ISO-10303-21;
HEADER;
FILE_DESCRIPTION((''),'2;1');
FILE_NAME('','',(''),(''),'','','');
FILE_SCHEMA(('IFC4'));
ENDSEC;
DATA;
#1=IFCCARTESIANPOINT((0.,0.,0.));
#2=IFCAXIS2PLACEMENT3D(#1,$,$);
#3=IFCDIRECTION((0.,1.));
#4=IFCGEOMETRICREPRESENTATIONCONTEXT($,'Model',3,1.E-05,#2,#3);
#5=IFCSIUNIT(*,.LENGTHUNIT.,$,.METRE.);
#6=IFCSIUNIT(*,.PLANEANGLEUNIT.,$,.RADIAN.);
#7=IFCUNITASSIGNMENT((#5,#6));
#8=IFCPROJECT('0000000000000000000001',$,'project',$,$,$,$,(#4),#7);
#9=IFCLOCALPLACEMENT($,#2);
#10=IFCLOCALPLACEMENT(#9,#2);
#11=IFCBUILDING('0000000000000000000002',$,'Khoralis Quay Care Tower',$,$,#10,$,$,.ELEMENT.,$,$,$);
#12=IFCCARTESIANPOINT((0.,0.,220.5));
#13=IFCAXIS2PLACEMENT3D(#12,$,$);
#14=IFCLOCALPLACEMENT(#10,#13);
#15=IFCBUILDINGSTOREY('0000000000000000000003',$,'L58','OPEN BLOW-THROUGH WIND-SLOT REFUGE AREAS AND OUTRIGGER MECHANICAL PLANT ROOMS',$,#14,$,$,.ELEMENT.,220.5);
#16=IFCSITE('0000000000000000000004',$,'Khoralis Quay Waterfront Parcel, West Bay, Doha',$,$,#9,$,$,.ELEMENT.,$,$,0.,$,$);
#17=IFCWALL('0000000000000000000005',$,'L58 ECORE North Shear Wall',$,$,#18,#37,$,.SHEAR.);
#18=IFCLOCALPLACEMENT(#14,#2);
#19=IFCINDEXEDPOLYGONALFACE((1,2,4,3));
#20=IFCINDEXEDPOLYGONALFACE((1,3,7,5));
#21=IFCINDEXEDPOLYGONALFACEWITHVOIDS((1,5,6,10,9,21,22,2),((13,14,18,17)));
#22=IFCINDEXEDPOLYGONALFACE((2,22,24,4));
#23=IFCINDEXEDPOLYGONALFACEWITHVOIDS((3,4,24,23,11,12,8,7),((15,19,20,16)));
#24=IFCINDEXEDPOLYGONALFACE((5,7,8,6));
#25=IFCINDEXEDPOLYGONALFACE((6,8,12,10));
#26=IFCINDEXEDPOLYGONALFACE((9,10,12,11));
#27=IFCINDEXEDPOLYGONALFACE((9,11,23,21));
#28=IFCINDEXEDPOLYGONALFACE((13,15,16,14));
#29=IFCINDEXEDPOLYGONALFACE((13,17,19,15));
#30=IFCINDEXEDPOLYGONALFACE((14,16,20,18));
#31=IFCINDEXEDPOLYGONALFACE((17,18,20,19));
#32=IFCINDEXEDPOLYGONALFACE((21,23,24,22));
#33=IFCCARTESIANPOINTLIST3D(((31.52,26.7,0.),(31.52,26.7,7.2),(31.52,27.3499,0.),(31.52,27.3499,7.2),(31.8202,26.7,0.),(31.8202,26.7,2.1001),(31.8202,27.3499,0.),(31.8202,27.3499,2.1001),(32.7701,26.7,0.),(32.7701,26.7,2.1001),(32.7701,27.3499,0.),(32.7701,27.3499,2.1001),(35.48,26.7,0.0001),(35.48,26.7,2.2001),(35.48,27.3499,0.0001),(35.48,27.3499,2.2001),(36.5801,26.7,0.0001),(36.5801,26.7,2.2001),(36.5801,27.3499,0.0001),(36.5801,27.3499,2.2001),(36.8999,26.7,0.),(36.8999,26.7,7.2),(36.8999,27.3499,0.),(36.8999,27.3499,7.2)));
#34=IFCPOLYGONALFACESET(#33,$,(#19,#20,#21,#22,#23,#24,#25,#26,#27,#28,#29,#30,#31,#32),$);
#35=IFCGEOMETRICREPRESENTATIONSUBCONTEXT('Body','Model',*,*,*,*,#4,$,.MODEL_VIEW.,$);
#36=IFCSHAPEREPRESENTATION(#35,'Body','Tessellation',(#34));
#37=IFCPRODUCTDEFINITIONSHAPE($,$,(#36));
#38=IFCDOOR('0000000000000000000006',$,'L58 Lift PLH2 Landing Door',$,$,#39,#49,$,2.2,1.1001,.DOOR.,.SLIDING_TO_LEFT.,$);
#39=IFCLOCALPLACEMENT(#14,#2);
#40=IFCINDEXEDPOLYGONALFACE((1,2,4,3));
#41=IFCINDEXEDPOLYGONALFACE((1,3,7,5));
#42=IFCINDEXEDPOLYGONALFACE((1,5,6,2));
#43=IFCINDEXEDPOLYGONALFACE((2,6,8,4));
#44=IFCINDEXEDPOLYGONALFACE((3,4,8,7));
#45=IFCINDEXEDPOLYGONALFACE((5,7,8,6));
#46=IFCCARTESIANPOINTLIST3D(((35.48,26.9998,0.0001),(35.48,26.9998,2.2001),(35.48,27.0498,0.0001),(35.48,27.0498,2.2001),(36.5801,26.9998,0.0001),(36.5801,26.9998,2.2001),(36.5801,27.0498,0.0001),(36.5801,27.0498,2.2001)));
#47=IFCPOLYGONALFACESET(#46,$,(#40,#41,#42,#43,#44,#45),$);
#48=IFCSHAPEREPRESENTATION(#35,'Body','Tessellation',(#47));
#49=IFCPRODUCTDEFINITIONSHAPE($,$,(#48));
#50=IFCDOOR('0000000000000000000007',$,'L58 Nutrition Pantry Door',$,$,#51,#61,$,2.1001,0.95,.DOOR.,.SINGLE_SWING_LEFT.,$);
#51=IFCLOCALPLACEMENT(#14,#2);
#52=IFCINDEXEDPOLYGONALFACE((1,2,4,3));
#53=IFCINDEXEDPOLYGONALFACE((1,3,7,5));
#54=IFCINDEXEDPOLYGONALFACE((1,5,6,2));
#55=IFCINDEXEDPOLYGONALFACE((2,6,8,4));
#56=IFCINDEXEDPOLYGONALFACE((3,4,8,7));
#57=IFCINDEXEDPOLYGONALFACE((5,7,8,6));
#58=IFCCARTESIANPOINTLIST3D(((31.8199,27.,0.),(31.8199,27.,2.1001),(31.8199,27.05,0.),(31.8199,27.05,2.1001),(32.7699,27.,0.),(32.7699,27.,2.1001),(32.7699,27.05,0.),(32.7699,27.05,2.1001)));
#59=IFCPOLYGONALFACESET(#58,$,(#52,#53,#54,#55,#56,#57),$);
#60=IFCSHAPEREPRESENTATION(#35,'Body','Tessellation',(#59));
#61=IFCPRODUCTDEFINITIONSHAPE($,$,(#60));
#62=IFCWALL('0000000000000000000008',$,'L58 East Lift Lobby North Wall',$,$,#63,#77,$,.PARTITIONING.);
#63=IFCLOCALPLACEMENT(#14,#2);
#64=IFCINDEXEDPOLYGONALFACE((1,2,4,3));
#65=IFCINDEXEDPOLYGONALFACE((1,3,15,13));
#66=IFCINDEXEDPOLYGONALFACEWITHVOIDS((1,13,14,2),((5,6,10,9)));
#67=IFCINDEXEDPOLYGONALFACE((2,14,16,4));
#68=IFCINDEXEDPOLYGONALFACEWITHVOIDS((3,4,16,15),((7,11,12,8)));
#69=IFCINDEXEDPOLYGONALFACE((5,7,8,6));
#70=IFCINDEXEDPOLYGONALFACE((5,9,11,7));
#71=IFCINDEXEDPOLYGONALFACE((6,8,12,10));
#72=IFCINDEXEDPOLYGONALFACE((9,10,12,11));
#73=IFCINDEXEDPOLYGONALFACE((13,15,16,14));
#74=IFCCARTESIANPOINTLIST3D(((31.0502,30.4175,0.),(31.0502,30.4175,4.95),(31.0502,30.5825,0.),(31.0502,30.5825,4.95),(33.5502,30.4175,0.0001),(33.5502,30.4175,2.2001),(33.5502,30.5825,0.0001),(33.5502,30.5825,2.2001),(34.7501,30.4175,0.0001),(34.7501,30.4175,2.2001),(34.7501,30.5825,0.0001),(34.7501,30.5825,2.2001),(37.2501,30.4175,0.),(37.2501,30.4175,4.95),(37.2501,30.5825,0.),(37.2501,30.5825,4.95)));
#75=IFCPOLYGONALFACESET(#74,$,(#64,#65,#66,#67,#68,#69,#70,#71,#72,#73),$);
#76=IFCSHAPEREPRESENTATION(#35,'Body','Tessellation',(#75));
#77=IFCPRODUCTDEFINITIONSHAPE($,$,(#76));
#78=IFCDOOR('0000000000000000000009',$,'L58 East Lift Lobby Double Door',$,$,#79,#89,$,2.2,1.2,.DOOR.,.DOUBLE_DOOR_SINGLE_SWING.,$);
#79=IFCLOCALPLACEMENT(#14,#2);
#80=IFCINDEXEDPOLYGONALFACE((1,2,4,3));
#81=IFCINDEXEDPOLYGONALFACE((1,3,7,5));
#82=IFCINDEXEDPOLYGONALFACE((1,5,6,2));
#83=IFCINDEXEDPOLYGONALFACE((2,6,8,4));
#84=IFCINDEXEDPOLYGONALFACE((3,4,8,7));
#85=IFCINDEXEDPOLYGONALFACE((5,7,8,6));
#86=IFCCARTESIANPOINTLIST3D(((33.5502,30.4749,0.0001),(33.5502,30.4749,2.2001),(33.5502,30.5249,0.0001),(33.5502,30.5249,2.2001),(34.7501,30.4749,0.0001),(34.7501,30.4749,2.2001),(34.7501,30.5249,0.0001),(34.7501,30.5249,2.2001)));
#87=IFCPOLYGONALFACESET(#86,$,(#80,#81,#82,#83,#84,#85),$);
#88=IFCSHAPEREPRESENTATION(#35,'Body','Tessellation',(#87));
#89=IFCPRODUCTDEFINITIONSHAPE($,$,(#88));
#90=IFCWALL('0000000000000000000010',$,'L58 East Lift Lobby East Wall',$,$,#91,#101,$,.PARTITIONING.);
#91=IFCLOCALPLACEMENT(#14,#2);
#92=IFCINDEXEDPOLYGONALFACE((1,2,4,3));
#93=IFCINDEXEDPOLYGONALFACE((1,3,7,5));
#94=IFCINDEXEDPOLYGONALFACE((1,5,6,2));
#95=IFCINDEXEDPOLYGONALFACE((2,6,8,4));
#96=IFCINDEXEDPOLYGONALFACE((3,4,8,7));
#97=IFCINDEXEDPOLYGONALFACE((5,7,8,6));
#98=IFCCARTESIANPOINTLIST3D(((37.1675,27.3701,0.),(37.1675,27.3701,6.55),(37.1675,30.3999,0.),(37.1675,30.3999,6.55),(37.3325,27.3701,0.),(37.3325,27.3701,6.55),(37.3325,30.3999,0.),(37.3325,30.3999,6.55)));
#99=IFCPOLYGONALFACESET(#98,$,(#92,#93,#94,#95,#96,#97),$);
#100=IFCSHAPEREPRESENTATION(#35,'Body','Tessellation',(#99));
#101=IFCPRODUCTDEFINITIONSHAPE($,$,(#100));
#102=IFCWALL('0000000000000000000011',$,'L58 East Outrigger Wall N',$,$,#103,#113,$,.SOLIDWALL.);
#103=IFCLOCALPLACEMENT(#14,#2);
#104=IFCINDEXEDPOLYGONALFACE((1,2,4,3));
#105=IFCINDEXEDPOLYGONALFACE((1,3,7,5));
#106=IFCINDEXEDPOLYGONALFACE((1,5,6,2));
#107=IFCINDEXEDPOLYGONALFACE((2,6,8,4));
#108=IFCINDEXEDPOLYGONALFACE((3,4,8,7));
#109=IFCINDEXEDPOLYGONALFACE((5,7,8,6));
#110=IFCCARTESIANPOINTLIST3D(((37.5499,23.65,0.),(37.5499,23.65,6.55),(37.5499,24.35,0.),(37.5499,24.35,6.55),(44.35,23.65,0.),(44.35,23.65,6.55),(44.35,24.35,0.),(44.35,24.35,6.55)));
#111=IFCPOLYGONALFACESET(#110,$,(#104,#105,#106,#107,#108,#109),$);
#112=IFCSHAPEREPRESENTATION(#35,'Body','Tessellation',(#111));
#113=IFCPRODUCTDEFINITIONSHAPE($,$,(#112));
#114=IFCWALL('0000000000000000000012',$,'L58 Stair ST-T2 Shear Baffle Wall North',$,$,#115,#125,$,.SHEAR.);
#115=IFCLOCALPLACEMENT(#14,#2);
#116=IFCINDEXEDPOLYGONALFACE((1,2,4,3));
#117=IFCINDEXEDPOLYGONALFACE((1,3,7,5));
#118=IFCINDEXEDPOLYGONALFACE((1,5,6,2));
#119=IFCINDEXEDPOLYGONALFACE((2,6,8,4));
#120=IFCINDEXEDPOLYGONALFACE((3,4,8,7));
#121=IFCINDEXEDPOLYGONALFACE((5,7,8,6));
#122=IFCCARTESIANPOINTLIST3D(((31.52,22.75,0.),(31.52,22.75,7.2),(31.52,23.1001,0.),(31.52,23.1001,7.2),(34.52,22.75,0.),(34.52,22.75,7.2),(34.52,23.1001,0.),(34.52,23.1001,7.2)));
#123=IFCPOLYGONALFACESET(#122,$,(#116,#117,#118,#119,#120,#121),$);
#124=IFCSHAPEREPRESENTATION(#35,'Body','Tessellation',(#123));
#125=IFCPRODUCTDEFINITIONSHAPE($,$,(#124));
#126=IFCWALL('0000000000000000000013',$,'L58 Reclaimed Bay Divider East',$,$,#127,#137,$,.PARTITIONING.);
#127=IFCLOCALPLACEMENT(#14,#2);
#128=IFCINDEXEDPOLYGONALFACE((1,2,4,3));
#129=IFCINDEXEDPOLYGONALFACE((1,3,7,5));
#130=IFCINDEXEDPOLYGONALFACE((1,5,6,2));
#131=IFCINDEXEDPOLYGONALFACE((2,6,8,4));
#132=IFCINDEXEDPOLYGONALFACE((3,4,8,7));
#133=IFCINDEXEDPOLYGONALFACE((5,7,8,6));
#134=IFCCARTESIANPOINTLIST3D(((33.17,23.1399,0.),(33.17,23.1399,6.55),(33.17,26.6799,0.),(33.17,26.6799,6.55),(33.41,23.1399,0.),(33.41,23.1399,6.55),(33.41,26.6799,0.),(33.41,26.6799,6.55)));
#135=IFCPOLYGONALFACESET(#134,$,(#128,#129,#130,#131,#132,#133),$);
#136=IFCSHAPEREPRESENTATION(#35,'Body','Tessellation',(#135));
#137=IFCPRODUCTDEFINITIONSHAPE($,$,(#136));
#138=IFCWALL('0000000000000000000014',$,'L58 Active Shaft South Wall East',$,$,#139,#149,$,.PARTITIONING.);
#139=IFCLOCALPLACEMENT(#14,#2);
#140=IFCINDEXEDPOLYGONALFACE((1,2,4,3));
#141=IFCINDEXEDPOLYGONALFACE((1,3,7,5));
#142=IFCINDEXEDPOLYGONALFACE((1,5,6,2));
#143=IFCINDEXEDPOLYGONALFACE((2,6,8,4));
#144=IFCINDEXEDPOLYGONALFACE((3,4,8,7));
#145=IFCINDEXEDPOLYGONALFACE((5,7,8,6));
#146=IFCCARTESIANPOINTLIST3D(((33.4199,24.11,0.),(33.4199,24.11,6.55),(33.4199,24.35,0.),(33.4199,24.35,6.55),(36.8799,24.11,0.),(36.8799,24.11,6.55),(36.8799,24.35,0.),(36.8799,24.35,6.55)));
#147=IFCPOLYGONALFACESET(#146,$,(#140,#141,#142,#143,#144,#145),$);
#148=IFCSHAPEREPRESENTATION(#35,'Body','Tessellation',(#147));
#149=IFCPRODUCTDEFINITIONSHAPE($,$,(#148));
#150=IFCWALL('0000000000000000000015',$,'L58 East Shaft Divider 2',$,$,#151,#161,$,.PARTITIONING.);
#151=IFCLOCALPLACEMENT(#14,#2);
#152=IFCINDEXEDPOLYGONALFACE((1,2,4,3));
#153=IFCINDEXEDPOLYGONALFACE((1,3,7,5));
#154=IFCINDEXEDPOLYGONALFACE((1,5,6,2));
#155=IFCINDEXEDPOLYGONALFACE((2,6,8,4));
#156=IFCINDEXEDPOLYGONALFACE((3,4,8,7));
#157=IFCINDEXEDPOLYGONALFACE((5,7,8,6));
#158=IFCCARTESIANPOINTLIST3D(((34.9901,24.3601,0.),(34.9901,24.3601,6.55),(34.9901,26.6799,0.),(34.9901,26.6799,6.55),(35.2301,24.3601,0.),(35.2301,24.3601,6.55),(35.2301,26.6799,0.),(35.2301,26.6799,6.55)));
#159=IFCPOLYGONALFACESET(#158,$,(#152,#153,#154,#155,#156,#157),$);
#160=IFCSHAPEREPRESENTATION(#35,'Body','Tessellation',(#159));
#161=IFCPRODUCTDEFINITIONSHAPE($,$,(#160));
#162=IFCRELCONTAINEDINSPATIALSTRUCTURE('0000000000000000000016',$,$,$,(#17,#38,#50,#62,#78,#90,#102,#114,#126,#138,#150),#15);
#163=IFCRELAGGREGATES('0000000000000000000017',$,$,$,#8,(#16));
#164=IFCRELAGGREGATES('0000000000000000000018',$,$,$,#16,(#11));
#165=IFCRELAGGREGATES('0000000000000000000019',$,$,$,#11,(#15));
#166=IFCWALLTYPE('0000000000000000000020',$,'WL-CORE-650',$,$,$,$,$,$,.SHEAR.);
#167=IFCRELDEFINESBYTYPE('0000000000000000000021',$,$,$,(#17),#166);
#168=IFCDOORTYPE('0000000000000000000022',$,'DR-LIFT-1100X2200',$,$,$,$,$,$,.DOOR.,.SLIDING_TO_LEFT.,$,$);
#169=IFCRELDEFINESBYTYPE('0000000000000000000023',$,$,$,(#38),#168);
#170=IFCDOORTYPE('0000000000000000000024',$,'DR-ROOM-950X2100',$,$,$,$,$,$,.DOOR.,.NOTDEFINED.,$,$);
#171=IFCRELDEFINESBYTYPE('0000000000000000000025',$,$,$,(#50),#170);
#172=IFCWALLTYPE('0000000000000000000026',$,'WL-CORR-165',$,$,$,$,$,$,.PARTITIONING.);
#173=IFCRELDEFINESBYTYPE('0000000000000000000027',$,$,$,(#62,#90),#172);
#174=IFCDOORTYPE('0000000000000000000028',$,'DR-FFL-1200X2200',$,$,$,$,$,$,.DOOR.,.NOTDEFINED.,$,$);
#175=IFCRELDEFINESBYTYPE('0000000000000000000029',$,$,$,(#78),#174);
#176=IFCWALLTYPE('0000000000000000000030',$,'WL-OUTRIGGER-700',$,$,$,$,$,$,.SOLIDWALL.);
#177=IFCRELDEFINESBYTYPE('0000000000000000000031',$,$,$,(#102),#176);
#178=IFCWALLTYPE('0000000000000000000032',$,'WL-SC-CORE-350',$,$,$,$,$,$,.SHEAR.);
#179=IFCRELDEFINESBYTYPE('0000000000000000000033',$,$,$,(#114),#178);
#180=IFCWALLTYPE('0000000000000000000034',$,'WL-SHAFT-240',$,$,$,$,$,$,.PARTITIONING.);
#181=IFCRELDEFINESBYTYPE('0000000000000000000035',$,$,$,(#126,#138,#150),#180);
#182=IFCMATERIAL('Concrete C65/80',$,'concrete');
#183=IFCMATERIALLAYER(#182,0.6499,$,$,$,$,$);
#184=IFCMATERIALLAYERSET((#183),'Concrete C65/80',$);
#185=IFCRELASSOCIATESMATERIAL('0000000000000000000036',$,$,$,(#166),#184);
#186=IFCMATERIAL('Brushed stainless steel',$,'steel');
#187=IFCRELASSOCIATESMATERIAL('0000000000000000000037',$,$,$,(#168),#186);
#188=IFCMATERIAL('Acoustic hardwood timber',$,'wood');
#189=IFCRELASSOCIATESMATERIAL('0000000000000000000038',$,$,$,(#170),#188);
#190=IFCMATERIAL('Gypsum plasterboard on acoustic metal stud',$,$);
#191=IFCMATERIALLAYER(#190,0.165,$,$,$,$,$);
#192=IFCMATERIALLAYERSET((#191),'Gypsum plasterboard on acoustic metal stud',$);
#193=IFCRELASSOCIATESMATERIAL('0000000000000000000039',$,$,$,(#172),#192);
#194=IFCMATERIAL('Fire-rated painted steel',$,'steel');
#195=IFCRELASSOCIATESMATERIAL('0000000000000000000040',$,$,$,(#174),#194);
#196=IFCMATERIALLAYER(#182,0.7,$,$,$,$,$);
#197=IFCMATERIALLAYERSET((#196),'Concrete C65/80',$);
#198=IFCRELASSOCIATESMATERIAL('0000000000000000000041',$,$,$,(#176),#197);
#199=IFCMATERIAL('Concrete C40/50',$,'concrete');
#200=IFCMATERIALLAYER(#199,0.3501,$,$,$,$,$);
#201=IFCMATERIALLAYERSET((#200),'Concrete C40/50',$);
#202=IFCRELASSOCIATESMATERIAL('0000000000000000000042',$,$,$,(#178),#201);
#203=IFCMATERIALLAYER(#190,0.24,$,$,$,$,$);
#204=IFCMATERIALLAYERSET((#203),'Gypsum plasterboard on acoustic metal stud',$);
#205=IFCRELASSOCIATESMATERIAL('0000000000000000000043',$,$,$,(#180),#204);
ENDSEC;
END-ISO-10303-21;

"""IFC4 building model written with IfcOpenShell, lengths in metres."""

from ifc_helpers import new_model, si_unit, direction, frame, frame_2d, origin, place, context, subcontext, project, spatial, rectangle, extrude, source, transform, mapped, material, layer, layer_set, type_object, element, fill, save


model = new_model("IFC4")

# Units and contexts
model_context = context("Model", 3, precision=1e-05, world=origin(), true_north=direction((0.0, 1.0)))
body_context = subcontext(model_context, "Body", "Model", "MODEL_VIEW")
ifc_project = project(units=[si_unit("LENGTHUNIT", "METRE"), si_unit("PLANEANGLEUNIT", "RADIAN")], contexts=[model_context])

# Site, building, storey
site_placement = place(None, origin())
site = spatial("IfcSite", under=ifc_project, at=site_placement, Name="Khoralis Quay Waterfront Parcel, West Bay, Doha", CompositionType="ELEMENT", RefElevation=0.0)
building_placement = place(site_placement, origin())
building = spatial("IfcBuilding", under=site, at=building_placement, Name="Khoralis Quay Care Tower", CompositionType="ELEMENT")
storey_placement = place(building_placement, frame((0.0, 0.0, 220.5)))
storey = spatial("IfcBuildingStorey", under=building, at=storey_placement, Name="L58", Description="OPEN BLOW-THROUGH WIND-SLOT REFUGE AREAS AND OUTRIGGER MECHANICAL PLANT ROOMS", CompositionType="ELEMENT", Elevation=220.5)

# Shared definitions
ifc_material_1 = material(Name="Concrete C65/80", Category="concrete")

# Shared definitions
ifc_material_2 = material(Name="Gypsum plasterboard on acoustic metal stud")

# Wall, openings, doors
ifc_layer_1 = layer(ifc_material_1, 0.6499)
ifc_layer_set_1 = layer_set([ifc_layer_1], Name="Concrete C65/80")
wall_type_1 = type_object("IfcWallType", Name="WL-CORE-650", PredefinedType="SHEAR", material=ifc_layer_set_1)
wall_1_placement = place(storey_placement, frame((31.52, 27.0249, 0.0), z_axis=(0.0, 0.0, 1.0), x_axis=(1.0, 0.0, 0.0)))
wall_1 = element("IfcWall", 1, at=wall_1_placement, inside=storey, type_object=wall_type_1, Name="L58 ECORE North Shear Wall", PredefinedType="SHEAR", context=body_context, shape_type="SweptSolid", body=[
    extrude(rectangle(XDim=5.3799, YDim=0.6499, at=frame_2d((2.6899, 0.0))), origin(), (0.0, 0.0, 1.0), 7.2),
])
opening_1_placement = place(wall_1_placement, frame((0.3, 0.0, 0.0)))
opening_1 = element("IfcOpeningElement", 2, at=opening_1_placement, cuts=wall_1, PredefinedType="OPENING", context=body_context, shape_type="SweptSolid", body=[
    extrude(rectangle(XDim=0.95, YDim=2.1001, at=frame_2d((0.4751, 1.05))), frame((0.0, 0.335, 0.0), z_axis=(0.0, -1.0, 0.0), x_axis=(1.0, 0.0, 0.0)), (0.0, 0.0, 1.0), 0.6699),
])
opening_2_placement = place(wall_1_placement, frame((3.96, 0.0, 0.0)))
opening_2 = element("IfcOpeningElement", 3, at=opening_2_placement, cuts=wall_1, PredefinedType="OPENING", context=body_context, shape_type="SweptSolid", body=[
    extrude(rectangle(XDim=1.1001, YDim=2.2, at=frame_2d((0.55, 1.1001))), frame((0.0, 0.335, 0.0), z_axis=(0.0, -1.0, 0.0), x_axis=(1.0, 0.0, 0.0)), (0.0, 0.0, 1.0), 0.6699),
])
ifc_material_3 = material(Name="Brushed stainless steel", Category="steel")
door_type_1 = type_object("IfcDoorType", Name="DR-LIFT-1100X2200", OperationType="SLIDING_TO_LEFT", PredefinedType="DOOR", material=ifc_material_3)
shared_shape_1 = source(origin(), body_context, "Body", "SweptSolid", [
    extrude(rectangle(XDim=1.1001, YDim=2.2, at=frame_2d((0.55, 1.1001))), frame((0.0, 0.0249, 0.0), z_axis=(0.0, -1.0, 0.0), x_axis=(1.0, 0.0, 0.0)), (0.0, 0.0, 1.0), 0.05),
])
door_1_placement = place(opening_2_placement, origin())
door_1 = element("IfcDoor", 4, at=door_1_placement, inside=storey, type_object=door_type_1, Name="L58 Lift PLH2 Landing Door", OperationType="SLIDING_TO_LEFT", OverallHeight=2.2, OverallWidth=1.1001, PredefinedType="DOOR", context=body_context, shape_type="MappedRepresentation", body=[
    mapped(shared_shape_1, transform((0.0, 0.0, 0.0), scale=1.0)),
])
fill(opening_2, door_1)
ifc_material_4 = material(Name="Acoustic hardwood timber", Category="wood")
door_type_2 = type_object("IfcDoorType", Name="DR-ROOM-950X2100", OperationType="NOTDEFINED", PredefinedType="DOOR", material=ifc_material_4)
shared_shape_2 = source(origin(), body_context, "Body", "SweptSolid", [
    extrude(rectangle(XDim=0.95, YDim=2.1001, at=frame_2d((0.4751, 1.05))), frame((0.0, 0.0249, 0.0), z_axis=(0.0, -1.0, 0.0), x_axis=(1.0, 0.0, 0.0)), (0.0, 0.0, 1.0), 0.05),
])
door_2_placement = place(opening_1_placement, frame((0.95, 0.0, 0.0), z_axis=(0.0, 0.0, 1.0), x_axis=(-1.0, 0.0, 0.0)))
door_2 = element("IfcDoor", 5, at=door_2_placement, inside=storey, type_object=door_type_2, Name="L58 Nutrition Pantry Door", OperationType="SINGLE_SWING_LEFT", OverallHeight=2.1001, OverallWidth=0.95, PredefinedType="DOOR", context=body_context, shape_type="MappedRepresentation", body=[
    mapped(shared_shape_2, transform((0.0, 0.0, 0.0), scale=1.0)),
])
fill(opening_1, door_2)

# Wall, opening, door
ifc_layer_2 = layer(ifc_material_2, 0.165)
ifc_layer_set_2 = layer_set([ifc_layer_2], Name="Gypsum plasterboard on acoustic metal stud")
wall_type_2 = type_object("IfcWallType", Name="WL-CORR-165", PredefinedType="PARTITIONING", material=ifc_layer_set_2)
wall_2_placement = place(storey_placement, frame((31.05, 30.5, 0.0), z_axis=(0.0, 0.0, 1.0), x_axis=(1.0, 0.0, 0.0)))
wall_2 = element("IfcWall", 6, at=wall_2_placement, inside=storey, type_object=wall_type_2, Name="L58 East Lift Lobby North Wall", PredefinedType="PARTITIONING", context=body_context, shape_type="SweptSolid", body=[
    extrude(rectangle(XDim=6.2, YDim=0.165, at=frame_2d((3.1001, 0.0))), origin(), (0.0, 0.0, 1.0), 4.95),
])
opening_3_placement = place(wall_2_placement, frame((2.5, 0.0, 0.0)))
opening_3 = element("IfcOpeningElement", 7, at=opening_3_placement, cuts=wall_2, PredefinedType="OPENING", context=body_context, shape_type="SweptSolid", body=[
    extrude(rectangle(XDim=1.2, YDim=2.2, at=frame_2d((0.6001, 1.1001))), frame((0.0, 0.0925, 0.0), z_axis=(0.0, -1.0, 0.0), x_axis=(1.0, 0.0, 0.0)), (0.0, 0.0, 1.0), 0.1851),
])
ifc_material_5 = material(Name="Fire-rated painted steel", Category="steel")
door_type_3 = type_object("IfcDoorType", Name="DR-FFL-1200X2200", OperationType="NOTDEFINED", PredefinedType="DOOR", material=ifc_material_5)
shared_shape_3 = source(origin(), body_context, "Body", "SweptSolid", [
    extrude(rectangle(XDim=1.2, YDim=2.2, at=frame_2d((0.6001, 1.1001))), frame((0.0, 0.0249, 0.0), z_axis=(0.0, -1.0, 0.0), x_axis=(1.0, 0.0, 0.0)), (0.0, 0.0, 1.0), 0.05),
])
door_3_placement = place(opening_3_placement, origin())
door_3 = element("IfcDoor", 8, at=door_3_placement, inside=storey, type_object=door_type_3, Name="L58 East Lift Lobby Double Door", OperationType="DOUBLE_DOOR_SINGLE_SWING", OverallHeight=2.2, OverallWidth=1.2, PredefinedType="DOOR", context=body_context, shape_type="MappedRepresentation", body=[
    mapped(shared_shape_3, transform((0.0, 0.0, 0.0), scale=1.0)),
])
fill(opening_3, door_3)

# Walls
wall_3_placement = place(storey_placement, frame((37.25, 27.3701, 0.0), z_axis=(0.0, 0.0, 1.0), x_axis=(0.0, 1.0, 0.0)))
element("IfcWall", 9, at=wall_3_placement, inside=storey, type_object=wall_type_2, Name="L58 East Lift Lobby East Wall", PredefinedType="PARTITIONING", context=body_context, shape_type="SweptSolid", body=[
    extrude(rectangle(XDim=3.0298, YDim=0.165, at=frame_2d((1.5149, 0.0))), origin(), (0.0, 0.0, 1.0), 6.55),
])
ifc_layer_3 = layer(ifc_material_1, 0.7)
ifc_layer_set_3 = layer_set([ifc_layer_3], Name="Concrete C65/80")
wall_type_3 = type_object("IfcWallType", Name="WL-OUTRIGGER-700", PredefinedType="SOLIDWALL", material=ifc_layer_set_3)
wall_4_placement = place(storey_placement, frame((37.55, 24.0, 0.0), z_axis=(0.0, 0.0, 1.0), x_axis=(1.0, 0.0, 0.0)))
element("IfcWall", 10, at=wall_4_placement, inside=storey, type_object=wall_type_3, Name="L58 East Outrigger Wall N", PredefinedType="SOLIDWALL", context=body_context, shape_type="SweptSolid", body=[
    extrude(rectangle(XDim=6.8, YDim=0.7, at=frame_2d((3.3999, 0.0))), origin(), (0.0, 0.0, 1.0), 6.55),
])
ifc_material_6 = material(Name="Concrete C40/50", Category="concrete")
ifc_layer_4 = layer(ifc_material_6, 0.3501)
ifc_layer_set_4 = layer_set([ifc_layer_4], Name="Concrete C40/50")
wall_type_4 = type_object("IfcWallType", Name="WL-SC-CORE-350", PredefinedType="SHEAR", material=ifc_layer_set_4)
wall_5_placement = place(storey_placement, frame((31.52, 22.925, 0.0), z_axis=(0.0, 0.0, 1.0), x_axis=(1.0, 0.0, 0.0)))
element("IfcWall", 11, at=wall_5_placement, inside=storey, type_object=wall_type_4, Name="L58 Stair ST-T2 Shear Baffle Wall North", PredefinedType="SHEAR", context=body_context, shape_type="SweptSolid", body=[
    extrude(rectangle(XDim=3.0, YDim=0.3501, at=frame_2d((1.5, 0.0))), origin(), (0.0, 0.0, 1.0), 7.2),
])
ifc_layer_5 = layer(ifc_material_2, 0.24)
ifc_layer_set_5 = layer_set([ifc_layer_5], Name="Gypsum plasterboard on acoustic metal stud")
wall_type_5 = type_object("IfcWallType", Name="WL-SHAFT-240", PredefinedType="PARTITIONING", material=ifc_layer_set_5)
wall_6_placement = place(storey_placement, frame((33.29, 23.1399, 0.0), z_axis=(0.0, 0.0, 1.0), x_axis=(0.0, 1.0, 0.0)))
element("IfcWall", 12, at=wall_6_placement, inside=storey, type_object=wall_type_5, Name="L58 Reclaimed Bay Divider East", PredefinedType="PARTITIONING", context=body_context, shape_type="SweptSolid", body=[
    extrude(rectangle(XDim=3.54, YDim=0.24, at=frame_2d((1.77, 0.0))), origin(), (0.0, 0.0, 1.0), 6.55),
])
wall_7_placement = place(storey_placement, frame((33.4199, 24.23, 0.0), z_axis=(0.0, 0.0, 1.0), x_axis=(1.0, 0.0, 0.0)))
element("IfcWall", 13, at=wall_7_placement, inside=storey, type_object=wall_type_5, Name="L58 Active Shaft South Wall East", PredefinedType="PARTITIONING", context=body_context, shape_type="SweptSolid", body=[
    extrude(rectangle(XDim=3.46, YDim=0.24, at=frame_2d((1.73, 0.0))), origin(), (0.0, 0.0, 1.0), 6.55),
])
wall_8_placement = place(storey_placement, frame((35.1101, 24.3601, 0.0), z_axis=(0.0, 0.0, 1.0), x_axis=(0.0, 1.0, 0.0)))
element("IfcWall", 14, at=wall_8_placement, inside=storey, type_object=wall_type_5, Name="L58 East Shaft Divider 2", PredefinedType="PARTITIONING", context=body_context, shape_type="SweptSolid", body=[
    extrude(rectangle(XDim=2.3198, YDim=0.24, at=frame_2d((1.1599, 0.0))), origin(), (0.0, 0.0, 1.0), 6.55),
])

save(model, "model.ifc")
